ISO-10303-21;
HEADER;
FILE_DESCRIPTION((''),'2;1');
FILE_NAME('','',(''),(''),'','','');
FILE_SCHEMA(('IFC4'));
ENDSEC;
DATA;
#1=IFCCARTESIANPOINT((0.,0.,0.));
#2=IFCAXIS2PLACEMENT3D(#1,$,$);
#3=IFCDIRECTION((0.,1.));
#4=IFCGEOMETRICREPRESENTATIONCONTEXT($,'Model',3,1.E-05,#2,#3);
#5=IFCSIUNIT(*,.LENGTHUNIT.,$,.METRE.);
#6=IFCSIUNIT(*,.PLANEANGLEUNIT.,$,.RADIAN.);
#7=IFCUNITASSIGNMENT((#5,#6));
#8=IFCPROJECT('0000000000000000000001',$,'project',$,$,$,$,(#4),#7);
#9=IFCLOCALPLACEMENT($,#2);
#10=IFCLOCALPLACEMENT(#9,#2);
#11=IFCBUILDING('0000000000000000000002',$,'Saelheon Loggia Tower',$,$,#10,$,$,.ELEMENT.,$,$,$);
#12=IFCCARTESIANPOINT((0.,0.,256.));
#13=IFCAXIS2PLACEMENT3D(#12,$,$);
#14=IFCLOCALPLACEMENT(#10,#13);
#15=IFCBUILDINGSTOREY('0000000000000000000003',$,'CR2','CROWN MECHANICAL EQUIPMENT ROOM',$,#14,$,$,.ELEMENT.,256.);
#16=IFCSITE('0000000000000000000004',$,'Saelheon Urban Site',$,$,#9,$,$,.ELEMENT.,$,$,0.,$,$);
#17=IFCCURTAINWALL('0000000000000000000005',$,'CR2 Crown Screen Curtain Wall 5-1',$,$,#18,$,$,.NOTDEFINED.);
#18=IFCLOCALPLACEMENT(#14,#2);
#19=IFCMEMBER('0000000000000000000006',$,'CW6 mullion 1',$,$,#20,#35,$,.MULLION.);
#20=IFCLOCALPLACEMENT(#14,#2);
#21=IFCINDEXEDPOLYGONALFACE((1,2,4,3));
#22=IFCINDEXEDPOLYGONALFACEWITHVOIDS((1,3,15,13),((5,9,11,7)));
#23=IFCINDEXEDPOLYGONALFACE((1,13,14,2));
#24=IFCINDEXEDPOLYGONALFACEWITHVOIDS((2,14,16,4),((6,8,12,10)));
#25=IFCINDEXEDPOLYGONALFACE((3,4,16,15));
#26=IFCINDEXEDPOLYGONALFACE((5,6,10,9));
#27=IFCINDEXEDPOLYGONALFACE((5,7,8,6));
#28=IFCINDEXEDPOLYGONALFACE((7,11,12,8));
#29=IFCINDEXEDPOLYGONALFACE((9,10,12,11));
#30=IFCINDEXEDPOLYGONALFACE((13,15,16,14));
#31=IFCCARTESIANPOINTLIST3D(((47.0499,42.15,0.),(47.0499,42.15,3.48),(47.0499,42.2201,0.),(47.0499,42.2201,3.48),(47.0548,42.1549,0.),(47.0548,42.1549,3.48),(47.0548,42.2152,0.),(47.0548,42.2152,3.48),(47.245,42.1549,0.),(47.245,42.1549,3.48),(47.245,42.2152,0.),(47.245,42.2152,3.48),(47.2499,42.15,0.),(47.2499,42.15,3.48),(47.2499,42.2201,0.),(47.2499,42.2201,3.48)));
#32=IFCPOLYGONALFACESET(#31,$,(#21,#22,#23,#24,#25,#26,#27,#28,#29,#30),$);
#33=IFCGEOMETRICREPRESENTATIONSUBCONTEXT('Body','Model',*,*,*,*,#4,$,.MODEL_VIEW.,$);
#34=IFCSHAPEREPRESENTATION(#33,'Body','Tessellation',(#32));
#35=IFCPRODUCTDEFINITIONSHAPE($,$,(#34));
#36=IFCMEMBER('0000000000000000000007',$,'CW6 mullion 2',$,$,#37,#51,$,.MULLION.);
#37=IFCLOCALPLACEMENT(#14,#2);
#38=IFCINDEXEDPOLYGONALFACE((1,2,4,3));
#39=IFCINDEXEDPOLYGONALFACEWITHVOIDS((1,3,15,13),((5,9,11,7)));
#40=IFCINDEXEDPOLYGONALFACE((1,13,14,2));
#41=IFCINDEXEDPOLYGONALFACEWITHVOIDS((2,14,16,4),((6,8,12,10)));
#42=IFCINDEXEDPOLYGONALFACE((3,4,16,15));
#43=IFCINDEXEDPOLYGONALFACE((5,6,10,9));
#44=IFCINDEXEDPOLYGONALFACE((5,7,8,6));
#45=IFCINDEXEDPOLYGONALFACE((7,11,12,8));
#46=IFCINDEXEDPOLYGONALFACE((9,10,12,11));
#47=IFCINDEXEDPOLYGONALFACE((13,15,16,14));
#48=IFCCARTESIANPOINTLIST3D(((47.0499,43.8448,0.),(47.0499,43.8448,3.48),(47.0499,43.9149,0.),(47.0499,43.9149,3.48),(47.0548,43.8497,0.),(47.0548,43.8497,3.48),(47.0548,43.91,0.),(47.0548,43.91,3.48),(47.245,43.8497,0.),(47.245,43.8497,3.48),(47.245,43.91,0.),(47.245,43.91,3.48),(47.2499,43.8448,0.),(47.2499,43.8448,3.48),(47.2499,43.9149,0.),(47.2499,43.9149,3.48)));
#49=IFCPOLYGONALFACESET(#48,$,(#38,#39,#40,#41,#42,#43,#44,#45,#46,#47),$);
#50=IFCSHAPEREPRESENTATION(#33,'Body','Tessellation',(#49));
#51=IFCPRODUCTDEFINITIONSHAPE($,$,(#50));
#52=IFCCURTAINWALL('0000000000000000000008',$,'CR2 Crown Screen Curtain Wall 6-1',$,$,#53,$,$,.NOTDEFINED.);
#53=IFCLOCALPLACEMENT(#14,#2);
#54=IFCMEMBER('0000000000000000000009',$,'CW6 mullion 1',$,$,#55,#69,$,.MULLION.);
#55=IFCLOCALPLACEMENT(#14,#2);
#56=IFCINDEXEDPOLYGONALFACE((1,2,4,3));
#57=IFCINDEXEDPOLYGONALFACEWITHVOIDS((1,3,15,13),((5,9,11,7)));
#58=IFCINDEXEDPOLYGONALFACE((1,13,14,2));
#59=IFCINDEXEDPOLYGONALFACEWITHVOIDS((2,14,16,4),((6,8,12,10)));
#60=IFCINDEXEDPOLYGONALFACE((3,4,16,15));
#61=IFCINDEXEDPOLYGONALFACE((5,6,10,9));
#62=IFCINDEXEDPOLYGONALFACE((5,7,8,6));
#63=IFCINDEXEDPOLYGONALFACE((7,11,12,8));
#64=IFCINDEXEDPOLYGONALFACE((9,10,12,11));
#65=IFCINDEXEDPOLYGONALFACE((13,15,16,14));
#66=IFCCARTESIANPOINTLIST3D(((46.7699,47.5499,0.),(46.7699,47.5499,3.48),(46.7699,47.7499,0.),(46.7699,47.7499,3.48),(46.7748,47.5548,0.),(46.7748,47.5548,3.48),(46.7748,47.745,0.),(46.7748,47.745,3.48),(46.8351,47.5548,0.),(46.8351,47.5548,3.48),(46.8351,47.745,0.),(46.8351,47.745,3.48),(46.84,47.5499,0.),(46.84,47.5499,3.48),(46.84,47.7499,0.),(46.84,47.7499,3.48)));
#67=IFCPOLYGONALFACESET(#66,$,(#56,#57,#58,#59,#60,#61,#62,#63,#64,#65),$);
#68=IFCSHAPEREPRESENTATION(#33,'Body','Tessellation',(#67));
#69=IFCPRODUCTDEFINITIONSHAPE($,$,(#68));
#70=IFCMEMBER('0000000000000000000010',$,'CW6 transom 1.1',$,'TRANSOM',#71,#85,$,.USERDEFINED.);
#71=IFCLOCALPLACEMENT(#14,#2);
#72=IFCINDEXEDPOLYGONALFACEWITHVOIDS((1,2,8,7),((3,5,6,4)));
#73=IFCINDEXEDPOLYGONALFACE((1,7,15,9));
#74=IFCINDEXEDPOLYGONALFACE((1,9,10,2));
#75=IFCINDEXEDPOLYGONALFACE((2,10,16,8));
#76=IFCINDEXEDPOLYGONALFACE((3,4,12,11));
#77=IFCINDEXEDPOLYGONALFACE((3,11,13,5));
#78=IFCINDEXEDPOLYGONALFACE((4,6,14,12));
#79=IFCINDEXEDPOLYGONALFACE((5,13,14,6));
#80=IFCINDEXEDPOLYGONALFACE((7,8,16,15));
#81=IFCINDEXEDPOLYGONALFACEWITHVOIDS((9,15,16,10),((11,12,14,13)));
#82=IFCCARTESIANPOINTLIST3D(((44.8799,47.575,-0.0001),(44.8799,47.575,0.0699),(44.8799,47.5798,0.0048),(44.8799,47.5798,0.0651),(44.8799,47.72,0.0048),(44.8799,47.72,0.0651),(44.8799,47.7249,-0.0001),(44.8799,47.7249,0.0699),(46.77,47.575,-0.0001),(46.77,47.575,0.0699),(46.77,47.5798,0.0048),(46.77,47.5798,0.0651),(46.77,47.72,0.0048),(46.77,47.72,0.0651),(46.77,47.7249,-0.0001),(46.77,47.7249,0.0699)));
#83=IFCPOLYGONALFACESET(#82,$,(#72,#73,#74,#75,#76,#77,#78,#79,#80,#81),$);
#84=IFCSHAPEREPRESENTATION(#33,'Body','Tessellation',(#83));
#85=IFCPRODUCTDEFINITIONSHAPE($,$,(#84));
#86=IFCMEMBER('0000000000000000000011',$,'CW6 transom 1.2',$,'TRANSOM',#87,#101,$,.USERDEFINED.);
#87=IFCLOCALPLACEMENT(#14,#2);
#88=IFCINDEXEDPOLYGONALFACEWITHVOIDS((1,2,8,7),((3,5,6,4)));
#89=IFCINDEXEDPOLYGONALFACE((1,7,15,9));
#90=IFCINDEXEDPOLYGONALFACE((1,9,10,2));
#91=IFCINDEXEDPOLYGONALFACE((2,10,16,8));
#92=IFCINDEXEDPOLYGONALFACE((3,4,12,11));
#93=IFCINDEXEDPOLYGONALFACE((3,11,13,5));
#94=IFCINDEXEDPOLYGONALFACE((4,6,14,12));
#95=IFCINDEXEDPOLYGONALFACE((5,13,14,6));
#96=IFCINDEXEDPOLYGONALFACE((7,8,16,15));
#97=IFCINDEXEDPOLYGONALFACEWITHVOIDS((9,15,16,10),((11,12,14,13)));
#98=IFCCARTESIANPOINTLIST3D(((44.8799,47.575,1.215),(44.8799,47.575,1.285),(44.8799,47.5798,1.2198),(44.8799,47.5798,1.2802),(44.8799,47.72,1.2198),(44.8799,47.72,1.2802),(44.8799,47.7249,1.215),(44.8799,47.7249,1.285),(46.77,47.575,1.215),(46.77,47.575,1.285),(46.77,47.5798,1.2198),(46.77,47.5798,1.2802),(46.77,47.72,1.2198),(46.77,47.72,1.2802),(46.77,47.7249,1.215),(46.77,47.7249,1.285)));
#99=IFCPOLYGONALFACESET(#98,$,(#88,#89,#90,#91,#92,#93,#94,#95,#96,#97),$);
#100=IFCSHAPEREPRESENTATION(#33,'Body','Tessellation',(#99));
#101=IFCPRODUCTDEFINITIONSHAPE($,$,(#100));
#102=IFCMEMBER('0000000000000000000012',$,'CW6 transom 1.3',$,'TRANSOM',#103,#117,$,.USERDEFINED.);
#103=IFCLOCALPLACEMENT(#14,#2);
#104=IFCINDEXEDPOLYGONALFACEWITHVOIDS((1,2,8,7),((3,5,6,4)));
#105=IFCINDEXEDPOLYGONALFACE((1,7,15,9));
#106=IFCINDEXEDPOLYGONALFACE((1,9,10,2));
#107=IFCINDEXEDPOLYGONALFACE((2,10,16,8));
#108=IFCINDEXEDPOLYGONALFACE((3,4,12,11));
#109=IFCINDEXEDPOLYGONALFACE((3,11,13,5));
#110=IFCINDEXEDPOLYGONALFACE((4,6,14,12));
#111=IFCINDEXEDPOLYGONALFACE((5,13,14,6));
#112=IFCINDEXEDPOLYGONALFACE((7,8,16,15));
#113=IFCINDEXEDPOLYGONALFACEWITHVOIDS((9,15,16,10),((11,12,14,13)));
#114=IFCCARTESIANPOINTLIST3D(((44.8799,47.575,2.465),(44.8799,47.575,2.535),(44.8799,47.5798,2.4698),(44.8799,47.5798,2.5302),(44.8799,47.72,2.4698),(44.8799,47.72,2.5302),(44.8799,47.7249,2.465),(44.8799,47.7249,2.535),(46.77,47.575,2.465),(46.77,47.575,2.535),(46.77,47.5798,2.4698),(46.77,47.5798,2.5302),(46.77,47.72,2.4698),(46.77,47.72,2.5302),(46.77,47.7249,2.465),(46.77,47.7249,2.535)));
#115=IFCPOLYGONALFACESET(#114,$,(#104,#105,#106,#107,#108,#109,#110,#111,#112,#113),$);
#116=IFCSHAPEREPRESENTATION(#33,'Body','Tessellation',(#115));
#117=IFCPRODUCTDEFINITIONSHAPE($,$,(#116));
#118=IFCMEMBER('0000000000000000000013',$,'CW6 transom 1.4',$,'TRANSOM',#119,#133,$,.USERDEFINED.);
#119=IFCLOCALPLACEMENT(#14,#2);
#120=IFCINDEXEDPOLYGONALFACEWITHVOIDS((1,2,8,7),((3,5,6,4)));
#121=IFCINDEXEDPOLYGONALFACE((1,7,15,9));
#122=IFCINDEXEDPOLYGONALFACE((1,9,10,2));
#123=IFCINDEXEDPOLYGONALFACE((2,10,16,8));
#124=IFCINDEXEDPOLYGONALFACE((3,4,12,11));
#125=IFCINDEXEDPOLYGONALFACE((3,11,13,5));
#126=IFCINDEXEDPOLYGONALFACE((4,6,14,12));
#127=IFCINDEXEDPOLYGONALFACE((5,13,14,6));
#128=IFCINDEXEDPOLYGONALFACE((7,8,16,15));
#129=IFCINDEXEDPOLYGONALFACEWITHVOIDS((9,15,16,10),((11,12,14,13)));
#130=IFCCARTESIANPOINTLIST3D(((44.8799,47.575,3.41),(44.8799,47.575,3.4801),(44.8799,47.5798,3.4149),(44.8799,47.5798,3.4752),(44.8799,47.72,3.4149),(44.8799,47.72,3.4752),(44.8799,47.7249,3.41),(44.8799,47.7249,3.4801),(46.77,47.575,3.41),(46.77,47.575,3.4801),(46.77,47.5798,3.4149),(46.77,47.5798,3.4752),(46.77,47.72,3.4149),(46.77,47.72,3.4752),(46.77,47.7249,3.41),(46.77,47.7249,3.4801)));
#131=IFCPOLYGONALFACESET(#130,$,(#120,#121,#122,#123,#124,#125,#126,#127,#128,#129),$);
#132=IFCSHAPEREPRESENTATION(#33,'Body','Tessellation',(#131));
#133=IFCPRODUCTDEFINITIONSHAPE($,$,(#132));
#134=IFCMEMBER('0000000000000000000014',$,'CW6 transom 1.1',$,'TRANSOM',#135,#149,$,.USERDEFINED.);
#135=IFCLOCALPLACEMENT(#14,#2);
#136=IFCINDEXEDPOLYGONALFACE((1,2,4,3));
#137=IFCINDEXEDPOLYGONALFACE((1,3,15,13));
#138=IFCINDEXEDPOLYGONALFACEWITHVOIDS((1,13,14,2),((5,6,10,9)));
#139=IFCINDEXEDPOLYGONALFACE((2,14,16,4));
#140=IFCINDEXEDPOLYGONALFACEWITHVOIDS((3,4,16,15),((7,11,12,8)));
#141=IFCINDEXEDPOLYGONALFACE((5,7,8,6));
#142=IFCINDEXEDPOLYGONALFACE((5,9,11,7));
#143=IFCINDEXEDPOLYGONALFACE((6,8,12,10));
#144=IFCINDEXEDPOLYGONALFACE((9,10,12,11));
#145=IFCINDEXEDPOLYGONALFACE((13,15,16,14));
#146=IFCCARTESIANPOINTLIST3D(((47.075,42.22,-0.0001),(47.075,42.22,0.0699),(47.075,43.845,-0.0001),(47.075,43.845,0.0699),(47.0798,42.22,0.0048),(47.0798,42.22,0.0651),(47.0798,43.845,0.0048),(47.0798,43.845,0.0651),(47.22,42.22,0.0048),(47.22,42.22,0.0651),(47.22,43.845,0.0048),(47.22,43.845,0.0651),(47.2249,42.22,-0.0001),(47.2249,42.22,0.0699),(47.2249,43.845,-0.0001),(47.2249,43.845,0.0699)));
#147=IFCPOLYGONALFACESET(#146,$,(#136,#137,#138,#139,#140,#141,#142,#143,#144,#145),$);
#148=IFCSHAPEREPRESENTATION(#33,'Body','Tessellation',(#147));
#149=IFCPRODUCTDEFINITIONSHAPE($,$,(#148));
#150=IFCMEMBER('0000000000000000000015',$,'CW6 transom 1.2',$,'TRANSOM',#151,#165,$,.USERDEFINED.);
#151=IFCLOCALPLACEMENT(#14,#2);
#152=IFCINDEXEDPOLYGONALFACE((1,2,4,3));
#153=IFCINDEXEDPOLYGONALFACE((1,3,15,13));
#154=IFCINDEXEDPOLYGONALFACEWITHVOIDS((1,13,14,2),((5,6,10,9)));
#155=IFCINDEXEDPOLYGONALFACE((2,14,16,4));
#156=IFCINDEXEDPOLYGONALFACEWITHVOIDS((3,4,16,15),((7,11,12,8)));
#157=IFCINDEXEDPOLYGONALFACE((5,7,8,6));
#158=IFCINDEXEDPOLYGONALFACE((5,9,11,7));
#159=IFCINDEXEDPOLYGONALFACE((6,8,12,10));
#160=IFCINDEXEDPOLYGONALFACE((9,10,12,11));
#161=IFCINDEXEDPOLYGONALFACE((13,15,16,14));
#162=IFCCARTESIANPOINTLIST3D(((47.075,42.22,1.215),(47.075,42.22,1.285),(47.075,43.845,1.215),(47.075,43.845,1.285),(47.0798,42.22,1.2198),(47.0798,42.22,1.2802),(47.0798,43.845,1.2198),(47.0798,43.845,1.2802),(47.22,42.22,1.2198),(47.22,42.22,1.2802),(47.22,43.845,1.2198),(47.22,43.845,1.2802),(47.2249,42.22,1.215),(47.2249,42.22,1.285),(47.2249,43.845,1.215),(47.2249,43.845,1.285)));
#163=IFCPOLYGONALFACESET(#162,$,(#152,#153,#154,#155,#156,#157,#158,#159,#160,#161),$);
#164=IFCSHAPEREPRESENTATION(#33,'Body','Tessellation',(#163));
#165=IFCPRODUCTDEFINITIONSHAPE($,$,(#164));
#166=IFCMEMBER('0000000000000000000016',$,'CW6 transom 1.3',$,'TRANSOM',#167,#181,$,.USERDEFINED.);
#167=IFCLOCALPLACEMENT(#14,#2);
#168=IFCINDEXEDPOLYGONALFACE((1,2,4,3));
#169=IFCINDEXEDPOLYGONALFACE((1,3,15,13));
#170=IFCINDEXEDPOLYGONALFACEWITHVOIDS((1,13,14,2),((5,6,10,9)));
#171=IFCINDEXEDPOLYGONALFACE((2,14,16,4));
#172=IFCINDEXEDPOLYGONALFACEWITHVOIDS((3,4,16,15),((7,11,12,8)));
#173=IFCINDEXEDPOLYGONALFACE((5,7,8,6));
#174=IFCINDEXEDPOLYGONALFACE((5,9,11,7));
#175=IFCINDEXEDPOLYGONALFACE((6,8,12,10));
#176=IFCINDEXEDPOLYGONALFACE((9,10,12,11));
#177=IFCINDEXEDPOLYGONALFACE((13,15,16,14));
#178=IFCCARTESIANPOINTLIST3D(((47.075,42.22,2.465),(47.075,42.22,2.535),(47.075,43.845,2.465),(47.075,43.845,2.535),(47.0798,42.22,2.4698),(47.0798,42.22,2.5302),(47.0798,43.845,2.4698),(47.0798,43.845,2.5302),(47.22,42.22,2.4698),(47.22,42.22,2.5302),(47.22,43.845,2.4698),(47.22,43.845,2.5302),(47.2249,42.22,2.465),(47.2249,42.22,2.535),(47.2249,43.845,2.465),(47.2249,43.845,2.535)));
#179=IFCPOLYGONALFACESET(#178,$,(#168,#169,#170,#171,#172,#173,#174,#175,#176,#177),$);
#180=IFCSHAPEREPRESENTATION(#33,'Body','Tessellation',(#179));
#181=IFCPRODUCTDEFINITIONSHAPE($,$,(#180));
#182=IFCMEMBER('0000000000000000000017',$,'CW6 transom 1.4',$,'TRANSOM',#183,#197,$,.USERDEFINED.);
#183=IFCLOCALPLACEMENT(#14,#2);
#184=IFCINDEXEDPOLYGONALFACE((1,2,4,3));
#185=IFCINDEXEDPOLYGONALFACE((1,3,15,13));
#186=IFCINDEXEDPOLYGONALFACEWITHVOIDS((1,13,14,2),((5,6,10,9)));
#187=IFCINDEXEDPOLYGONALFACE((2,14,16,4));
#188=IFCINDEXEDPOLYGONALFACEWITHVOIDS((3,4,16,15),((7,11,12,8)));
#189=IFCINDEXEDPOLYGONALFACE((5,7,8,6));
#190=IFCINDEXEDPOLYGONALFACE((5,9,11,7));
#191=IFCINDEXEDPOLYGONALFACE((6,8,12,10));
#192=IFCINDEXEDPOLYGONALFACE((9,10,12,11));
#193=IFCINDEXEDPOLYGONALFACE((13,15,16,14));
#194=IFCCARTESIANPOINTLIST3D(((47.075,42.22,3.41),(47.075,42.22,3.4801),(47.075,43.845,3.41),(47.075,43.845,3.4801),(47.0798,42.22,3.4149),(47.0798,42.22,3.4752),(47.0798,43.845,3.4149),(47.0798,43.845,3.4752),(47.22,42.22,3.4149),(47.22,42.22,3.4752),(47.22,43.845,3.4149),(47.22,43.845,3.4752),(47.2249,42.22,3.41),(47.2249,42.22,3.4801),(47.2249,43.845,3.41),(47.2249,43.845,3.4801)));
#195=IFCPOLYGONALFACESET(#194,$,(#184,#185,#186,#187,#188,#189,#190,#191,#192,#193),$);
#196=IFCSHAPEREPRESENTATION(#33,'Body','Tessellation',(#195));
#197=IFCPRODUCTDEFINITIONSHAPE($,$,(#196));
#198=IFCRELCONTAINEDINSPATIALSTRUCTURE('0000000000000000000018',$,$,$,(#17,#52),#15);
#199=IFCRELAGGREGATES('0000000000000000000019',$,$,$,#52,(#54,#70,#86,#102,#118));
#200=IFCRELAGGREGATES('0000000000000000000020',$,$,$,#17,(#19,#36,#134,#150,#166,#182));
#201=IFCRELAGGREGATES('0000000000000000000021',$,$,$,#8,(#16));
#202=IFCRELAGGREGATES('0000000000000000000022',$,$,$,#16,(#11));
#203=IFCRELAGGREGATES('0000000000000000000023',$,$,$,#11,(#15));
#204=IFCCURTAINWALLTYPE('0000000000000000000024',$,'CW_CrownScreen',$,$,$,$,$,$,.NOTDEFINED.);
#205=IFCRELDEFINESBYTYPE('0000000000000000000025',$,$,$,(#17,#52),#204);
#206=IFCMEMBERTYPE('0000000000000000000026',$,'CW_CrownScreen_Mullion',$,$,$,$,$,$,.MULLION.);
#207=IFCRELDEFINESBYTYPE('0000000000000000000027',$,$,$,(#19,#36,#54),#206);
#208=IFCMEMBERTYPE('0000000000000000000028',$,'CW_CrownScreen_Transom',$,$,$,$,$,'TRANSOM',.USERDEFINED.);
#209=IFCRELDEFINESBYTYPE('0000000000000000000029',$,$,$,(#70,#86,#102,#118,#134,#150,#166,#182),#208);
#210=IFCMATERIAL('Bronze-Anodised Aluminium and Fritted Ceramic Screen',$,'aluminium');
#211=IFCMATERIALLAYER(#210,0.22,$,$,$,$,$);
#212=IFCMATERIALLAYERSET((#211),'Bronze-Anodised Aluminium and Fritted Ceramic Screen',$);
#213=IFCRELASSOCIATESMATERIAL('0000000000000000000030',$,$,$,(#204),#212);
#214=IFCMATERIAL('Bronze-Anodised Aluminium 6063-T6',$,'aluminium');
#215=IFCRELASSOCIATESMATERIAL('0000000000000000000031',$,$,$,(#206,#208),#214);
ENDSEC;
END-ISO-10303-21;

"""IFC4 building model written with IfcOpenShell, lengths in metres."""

from ifc_helpers import new_model, si_unit, direction, frame, origin, origin_2d, place, context, subcontext, project, spatial, hollow_rectangle, extrude, source, transform, mapped, material, layer, layer_set, material_profile, profile_set, type_object, element, aggregate, save


model = new_model("IFC4")

# Units and contexts
model_context = context("Model", 3, precision=1e-05, world=origin(), true_north=direction((0.0, 1.0)))
body_context = subcontext(model_context, "Body", "Model", "MODEL_VIEW")
ifc_project = project(units=[si_unit("LENGTHUNIT", "METRE"), si_unit("PLANEANGLEUNIT", "RADIAN")], contexts=[model_context])

# Site, building, storey
site_placement = place(None, origin())
site = spatial("IfcSite", under=ifc_project, at=site_placement, Name="Saelheon Urban Site", CompositionType="ELEMENT", RefElevation=0.0)
building_placement = place(site_placement, origin())
building = spatial("IfcBuilding", under=site, at=building_placement, Name="Saelheon Loggia Tower", CompositionType="ELEMENT")
storey_placement = place(building_placement, frame((0.0, 0.0, 256.0)))
storey = spatial("IfcBuildingStorey", under=building, at=storey_placement, Name="CR2", Description="CROWN MECHANICAL EQUIPMENT ROOM", CompositionType="ELEMENT", Elevation=256.0)

# Curtain walls, members
ifc_material_1 = material(Name="Bronze-Anodised Aluminium and Fritted Ceramic Screen", Category="aluminium")
ifc_layer_1 = layer(ifc_material_1, 0.22)
ifc_layer_set_1 = layer_set([ifc_layer_1], Name="Bronze-Anodised Aluminium and Fritted Ceramic Screen")
curtain_wall_type = type_object("IfcCurtainWallType", Name="CW_CrownScreen", PredefinedType="NOTDEFINED", material=ifc_layer_set_1)
curtain_wall_1_placement = place(storey_placement, origin())
curtain_wall_1 = element("IfcCurtainWall", 1, at=curtain_wall_1_placement, inside=storey, type_object=curtain_wall_type, Name="CR2 Crown Screen Curtain Wall 5-1", PredefinedType="NOTDEFINED")
ifc_material_2 = material(Name="Bronze-Anodised Aluminium 6063-T6", Category="aluminium")
ifc_material_profile_1 = material_profile(ifc_material_2, hollow_rectangle(XDim=0.0701, YDim=0.2, WallThickness=0.0049, at=origin_2d()), Name="RHS-200x70x5")
ifc_profile_set_1 = profile_set([ifc_material_profile_1], Name="Bronze-Anodised Aluminium 6063-T6")
member_type_1 = type_object("IfcMemberType", Name="CW_CrownScreen_Mullion", PredefinedType="MULLION", material=ifc_profile_set_1)
shared_shape_1 = source(origin(), body_context, "Body", "SweptSolid", [
    extrude(hollow_rectangle(XDim=0.0701, YDim=0.2, WallThickness=0.0049, at=origin_2d()), origin(), (0.0, 0.0, 1.0), 3.48),
])
member_1_placement = place(storey_placement, frame((47.1499, 42.1851, 0.0), z_axis=(0.0, 0.0, 1.0), x_axis=(0.0, 1.0, 0.0)))
member_1 = element("IfcMember", 2, at=member_1_placement, type_object=member_type_1, Name="CW6 mullion 1", PredefinedType="MULLION", context=body_context, shape_type="MappedRepresentation", body=[
    mapped(shared_shape_1, transform((0.0, 0.0, 0.0), scale=1.0)),
])
member_2_placement = place(storey_placement, frame((47.1499, 43.8799, 0.0), z_axis=(0.0, 0.0, 1.0), x_axis=(0.0, 1.0, 0.0)))
member_2 = element("IfcMember", 3, at=member_2_placement, type_object=member_type_1, Name="CW6 mullion 2", PredefinedType="MULLION", context=body_context, shape_type="MappedRepresentation", body=[
    mapped(shared_shape_1, transform((0.0, 0.0, 0.0), scale=1.0)),
])
curtain_wall_2_placement = place(storey_placement, origin())
curtain_wall_2 = element("IfcCurtainWall", 4, at=curtain_wall_2_placement, inside=storey, type_object=curtain_wall_type, Name="CR2 Crown Screen Curtain Wall 6-1", PredefinedType="NOTDEFINED")
member_3_placement = place(storey_placement, frame((46.8049, 47.6499, 0.0), z_axis=(0.0, 0.0, 1.0), x_axis=(-1.0, 0.0, 0.0)))
member_3 = element("IfcMember", 5, at=member_3_placement, type_object=member_type_1, Name="CW6 mullion 1", PredefinedType="MULLION", context=body_context, shape_type="MappedRepresentation", body=[
    mapped(shared_shape_1, transform((0.0, 0.0, 0.0), scale=1.0)),
])
ifc_material_profile_2 = material_profile(ifc_material_2, hollow_rectangle(XDim=0.0701, YDim=0.1499, WallThickness=0.0049, at=origin_2d()), Name="RHS-150x70x5")
ifc_profile_set_2 = profile_set([ifc_material_profile_2], Name="Bronze-Anodised Aluminium 6063-T6")
member_type_2 = type_object("IfcMemberType", Name="CW_CrownScreen_Transom", ElementType="TRANSOM", PredefinedType="USERDEFINED", material=ifc_profile_set_2)
shared_shape_2 = source(origin(), body_context, "Body", "SweptSolid", [
    extrude(hollow_rectangle(XDim=0.0701, YDim=0.1499, WallThickness=0.0049, at=origin_2d()), origin(), (0.0, 0.0, 1.0), 1.8901),
])
member_4_placement = place(storey_placement, frame((46.77, 47.6499, 0.0349), z_axis=(-1.0, 0.0, 0.0), x_axis=(0.0, 0.0, 1.0)))
member_4 = element("IfcMember", 6, at=member_4_placement, type_object=member_type_2, Name="CW6 transom 1.1", ObjectType="TRANSOM", PredefinedType="USERDEFINED", context=body_context, shape_type="MappedRepresentation", body=[
    mapped(shared_shape_2, transform((0.0, 0.0, 0.0), scale=1.0)),
])
member_5_placement = place(storey_placement, frame((46.77, 47.6499, 1.25), z_axis=(-1.0, 0.0, 0.0), x_axis=(0.0, 0.0, 1.0)))
member_5 = element("IfcMember", 7, at=member_5_placement, type_object=member_type_2, Name="CW6 transom 1.2", ObjectType="TRANSOM", PredefinedType="USERDEFINED", context=body_context, shape_type="MappedRepresentation", body=[
    mapped(shared_shape_2, transform((0.0, 0.0, 0.0), scale=1.0)),
])
member_6_placement = place(storey_placement, frame((46.77, 47.6499, 2.5), z_axis=(-1.0, 0.0, 0.0), x_axis=(0.0, 0.0, 1.0)))
member_6 = element("IfcMember", 8, at=member_6_placement, type_object=member_type_2, Name="CW6 transom 1.3", ObjectType="TRANSOM", PredefinedType="USERDEFINED", context=body_context, shape_type="MappedRepresentation", body=[
    mapped(shared_shape_2, transform((0.0, 0.0, 0.0), scale=1.0)),
])
member_7_placement = place(storey_placement, frame((46.77, 47.6499, 3.4451), z_axis=(-1.0, 0.0, 0.0), x_axis=(0.0, 0.0, 1.0)))
member_7 = element("IfcMember", 9, at=member_7_placement, type_object=member_type_2, Name="CW6 transom 1.4", ObjectType="TRANSOM", PredefinedType="USERDEFINED", context=body_context, shape_type="MappedRepresentation", body=[
    mapped(shared_shape_2, transform((0.0, 0.0, 0.0), scale=1.0)),
])

# Members
shared_shape_3 = source(origin(), body_context, "Body", "SweptSolid", [
    extrude(hollow_rectangle(XDim=0.0701, YDim=0.1499, WallThickness=0.0049, at=origin_2d()), origin(), (0.0, 0.0, 1.0), 1.625),
])
member_8_placement = place(storey_placement, frame((47.1499, 42.22, 0.0349), z_axis=(0.0, 1.0, 0.0), x_axis=(0.0, 0.0, 1.0)))
member_8 = element("IfcMember", 10, at=member_8_placement, type_object=member_type_2, Name="CW6 transom 1.1", ObjectType="TRANSOM", PredefinedType="USERDEFINED", context=body_context, shape_type="MappedRepresentation", body=[
    mapped(shared_shape_3, transform((0.0, 0.0, 0.0), scale=1.0)),
])
member_9_placement = place(storey_placement, frame((47.1499, 42.22, 1.25), z_axis=(0.0, 1.0, 0.0), x_axis=(0.0, 0.0, 1.0)))
member_9 = element("IfcMember", 11, at=member_9_placement, type_object=member_type_2, Name="CW6 transom 1.2", ObjectType="TRANSOM", PredefinedType="USERDEFINED", context=body_context, shape_type="MappedRepresentation", body=[
    mapped(shared_shape_3, transform((0.0, 0.0, 0.0), scale=1.0)),
])
member_10_placement = place(storey_placement, frame((47.1499, 42.22, 2.5), z_axis=(0.0, 1.0, 0.0), x_axis=(0.0, 0.0, 1.0)))
member_10 = element("IfcMember", 12, at=member_10_placement, type_object=member_type_2, Name="CW6 transom 1.3", ObjectType="TRANSOM", PredefinedType="USERDEFINED", context=body_context, shape_type="MappedRepresentation", body=[
    mapped(shared_shape_3, transform((0.0, 0.0, 0.0), scale=1.0)),
])
member_11_placement = place(storey_placement, frame((47.1499, 42.22, 3.4451), z_axis=(0.0, 1.0, 0.0), x_axis=(0.0, 0.0, 1.0)))
member_11 = element("IfcMember", 13, at=member_11_placement, type_object=member_type_2, Name="CW6 transom 1.4", ObjectType="TRANSOM", PredefinedType="USERDEFINED", context=body_context, shape_type="MappedRepresentation", body=[
    mapped(shared_shape_3, transform((0.0, 0.0, 0.0), scale=1.0)),
])

aggregate(curtain_wall_2, [member_3, member_4, member_5, member_6, member_7])
aggregate(curtain_wall_1, [member_1, member_2, member_8, member_9, member_10, member_11])

save(model, "model.ifc")
